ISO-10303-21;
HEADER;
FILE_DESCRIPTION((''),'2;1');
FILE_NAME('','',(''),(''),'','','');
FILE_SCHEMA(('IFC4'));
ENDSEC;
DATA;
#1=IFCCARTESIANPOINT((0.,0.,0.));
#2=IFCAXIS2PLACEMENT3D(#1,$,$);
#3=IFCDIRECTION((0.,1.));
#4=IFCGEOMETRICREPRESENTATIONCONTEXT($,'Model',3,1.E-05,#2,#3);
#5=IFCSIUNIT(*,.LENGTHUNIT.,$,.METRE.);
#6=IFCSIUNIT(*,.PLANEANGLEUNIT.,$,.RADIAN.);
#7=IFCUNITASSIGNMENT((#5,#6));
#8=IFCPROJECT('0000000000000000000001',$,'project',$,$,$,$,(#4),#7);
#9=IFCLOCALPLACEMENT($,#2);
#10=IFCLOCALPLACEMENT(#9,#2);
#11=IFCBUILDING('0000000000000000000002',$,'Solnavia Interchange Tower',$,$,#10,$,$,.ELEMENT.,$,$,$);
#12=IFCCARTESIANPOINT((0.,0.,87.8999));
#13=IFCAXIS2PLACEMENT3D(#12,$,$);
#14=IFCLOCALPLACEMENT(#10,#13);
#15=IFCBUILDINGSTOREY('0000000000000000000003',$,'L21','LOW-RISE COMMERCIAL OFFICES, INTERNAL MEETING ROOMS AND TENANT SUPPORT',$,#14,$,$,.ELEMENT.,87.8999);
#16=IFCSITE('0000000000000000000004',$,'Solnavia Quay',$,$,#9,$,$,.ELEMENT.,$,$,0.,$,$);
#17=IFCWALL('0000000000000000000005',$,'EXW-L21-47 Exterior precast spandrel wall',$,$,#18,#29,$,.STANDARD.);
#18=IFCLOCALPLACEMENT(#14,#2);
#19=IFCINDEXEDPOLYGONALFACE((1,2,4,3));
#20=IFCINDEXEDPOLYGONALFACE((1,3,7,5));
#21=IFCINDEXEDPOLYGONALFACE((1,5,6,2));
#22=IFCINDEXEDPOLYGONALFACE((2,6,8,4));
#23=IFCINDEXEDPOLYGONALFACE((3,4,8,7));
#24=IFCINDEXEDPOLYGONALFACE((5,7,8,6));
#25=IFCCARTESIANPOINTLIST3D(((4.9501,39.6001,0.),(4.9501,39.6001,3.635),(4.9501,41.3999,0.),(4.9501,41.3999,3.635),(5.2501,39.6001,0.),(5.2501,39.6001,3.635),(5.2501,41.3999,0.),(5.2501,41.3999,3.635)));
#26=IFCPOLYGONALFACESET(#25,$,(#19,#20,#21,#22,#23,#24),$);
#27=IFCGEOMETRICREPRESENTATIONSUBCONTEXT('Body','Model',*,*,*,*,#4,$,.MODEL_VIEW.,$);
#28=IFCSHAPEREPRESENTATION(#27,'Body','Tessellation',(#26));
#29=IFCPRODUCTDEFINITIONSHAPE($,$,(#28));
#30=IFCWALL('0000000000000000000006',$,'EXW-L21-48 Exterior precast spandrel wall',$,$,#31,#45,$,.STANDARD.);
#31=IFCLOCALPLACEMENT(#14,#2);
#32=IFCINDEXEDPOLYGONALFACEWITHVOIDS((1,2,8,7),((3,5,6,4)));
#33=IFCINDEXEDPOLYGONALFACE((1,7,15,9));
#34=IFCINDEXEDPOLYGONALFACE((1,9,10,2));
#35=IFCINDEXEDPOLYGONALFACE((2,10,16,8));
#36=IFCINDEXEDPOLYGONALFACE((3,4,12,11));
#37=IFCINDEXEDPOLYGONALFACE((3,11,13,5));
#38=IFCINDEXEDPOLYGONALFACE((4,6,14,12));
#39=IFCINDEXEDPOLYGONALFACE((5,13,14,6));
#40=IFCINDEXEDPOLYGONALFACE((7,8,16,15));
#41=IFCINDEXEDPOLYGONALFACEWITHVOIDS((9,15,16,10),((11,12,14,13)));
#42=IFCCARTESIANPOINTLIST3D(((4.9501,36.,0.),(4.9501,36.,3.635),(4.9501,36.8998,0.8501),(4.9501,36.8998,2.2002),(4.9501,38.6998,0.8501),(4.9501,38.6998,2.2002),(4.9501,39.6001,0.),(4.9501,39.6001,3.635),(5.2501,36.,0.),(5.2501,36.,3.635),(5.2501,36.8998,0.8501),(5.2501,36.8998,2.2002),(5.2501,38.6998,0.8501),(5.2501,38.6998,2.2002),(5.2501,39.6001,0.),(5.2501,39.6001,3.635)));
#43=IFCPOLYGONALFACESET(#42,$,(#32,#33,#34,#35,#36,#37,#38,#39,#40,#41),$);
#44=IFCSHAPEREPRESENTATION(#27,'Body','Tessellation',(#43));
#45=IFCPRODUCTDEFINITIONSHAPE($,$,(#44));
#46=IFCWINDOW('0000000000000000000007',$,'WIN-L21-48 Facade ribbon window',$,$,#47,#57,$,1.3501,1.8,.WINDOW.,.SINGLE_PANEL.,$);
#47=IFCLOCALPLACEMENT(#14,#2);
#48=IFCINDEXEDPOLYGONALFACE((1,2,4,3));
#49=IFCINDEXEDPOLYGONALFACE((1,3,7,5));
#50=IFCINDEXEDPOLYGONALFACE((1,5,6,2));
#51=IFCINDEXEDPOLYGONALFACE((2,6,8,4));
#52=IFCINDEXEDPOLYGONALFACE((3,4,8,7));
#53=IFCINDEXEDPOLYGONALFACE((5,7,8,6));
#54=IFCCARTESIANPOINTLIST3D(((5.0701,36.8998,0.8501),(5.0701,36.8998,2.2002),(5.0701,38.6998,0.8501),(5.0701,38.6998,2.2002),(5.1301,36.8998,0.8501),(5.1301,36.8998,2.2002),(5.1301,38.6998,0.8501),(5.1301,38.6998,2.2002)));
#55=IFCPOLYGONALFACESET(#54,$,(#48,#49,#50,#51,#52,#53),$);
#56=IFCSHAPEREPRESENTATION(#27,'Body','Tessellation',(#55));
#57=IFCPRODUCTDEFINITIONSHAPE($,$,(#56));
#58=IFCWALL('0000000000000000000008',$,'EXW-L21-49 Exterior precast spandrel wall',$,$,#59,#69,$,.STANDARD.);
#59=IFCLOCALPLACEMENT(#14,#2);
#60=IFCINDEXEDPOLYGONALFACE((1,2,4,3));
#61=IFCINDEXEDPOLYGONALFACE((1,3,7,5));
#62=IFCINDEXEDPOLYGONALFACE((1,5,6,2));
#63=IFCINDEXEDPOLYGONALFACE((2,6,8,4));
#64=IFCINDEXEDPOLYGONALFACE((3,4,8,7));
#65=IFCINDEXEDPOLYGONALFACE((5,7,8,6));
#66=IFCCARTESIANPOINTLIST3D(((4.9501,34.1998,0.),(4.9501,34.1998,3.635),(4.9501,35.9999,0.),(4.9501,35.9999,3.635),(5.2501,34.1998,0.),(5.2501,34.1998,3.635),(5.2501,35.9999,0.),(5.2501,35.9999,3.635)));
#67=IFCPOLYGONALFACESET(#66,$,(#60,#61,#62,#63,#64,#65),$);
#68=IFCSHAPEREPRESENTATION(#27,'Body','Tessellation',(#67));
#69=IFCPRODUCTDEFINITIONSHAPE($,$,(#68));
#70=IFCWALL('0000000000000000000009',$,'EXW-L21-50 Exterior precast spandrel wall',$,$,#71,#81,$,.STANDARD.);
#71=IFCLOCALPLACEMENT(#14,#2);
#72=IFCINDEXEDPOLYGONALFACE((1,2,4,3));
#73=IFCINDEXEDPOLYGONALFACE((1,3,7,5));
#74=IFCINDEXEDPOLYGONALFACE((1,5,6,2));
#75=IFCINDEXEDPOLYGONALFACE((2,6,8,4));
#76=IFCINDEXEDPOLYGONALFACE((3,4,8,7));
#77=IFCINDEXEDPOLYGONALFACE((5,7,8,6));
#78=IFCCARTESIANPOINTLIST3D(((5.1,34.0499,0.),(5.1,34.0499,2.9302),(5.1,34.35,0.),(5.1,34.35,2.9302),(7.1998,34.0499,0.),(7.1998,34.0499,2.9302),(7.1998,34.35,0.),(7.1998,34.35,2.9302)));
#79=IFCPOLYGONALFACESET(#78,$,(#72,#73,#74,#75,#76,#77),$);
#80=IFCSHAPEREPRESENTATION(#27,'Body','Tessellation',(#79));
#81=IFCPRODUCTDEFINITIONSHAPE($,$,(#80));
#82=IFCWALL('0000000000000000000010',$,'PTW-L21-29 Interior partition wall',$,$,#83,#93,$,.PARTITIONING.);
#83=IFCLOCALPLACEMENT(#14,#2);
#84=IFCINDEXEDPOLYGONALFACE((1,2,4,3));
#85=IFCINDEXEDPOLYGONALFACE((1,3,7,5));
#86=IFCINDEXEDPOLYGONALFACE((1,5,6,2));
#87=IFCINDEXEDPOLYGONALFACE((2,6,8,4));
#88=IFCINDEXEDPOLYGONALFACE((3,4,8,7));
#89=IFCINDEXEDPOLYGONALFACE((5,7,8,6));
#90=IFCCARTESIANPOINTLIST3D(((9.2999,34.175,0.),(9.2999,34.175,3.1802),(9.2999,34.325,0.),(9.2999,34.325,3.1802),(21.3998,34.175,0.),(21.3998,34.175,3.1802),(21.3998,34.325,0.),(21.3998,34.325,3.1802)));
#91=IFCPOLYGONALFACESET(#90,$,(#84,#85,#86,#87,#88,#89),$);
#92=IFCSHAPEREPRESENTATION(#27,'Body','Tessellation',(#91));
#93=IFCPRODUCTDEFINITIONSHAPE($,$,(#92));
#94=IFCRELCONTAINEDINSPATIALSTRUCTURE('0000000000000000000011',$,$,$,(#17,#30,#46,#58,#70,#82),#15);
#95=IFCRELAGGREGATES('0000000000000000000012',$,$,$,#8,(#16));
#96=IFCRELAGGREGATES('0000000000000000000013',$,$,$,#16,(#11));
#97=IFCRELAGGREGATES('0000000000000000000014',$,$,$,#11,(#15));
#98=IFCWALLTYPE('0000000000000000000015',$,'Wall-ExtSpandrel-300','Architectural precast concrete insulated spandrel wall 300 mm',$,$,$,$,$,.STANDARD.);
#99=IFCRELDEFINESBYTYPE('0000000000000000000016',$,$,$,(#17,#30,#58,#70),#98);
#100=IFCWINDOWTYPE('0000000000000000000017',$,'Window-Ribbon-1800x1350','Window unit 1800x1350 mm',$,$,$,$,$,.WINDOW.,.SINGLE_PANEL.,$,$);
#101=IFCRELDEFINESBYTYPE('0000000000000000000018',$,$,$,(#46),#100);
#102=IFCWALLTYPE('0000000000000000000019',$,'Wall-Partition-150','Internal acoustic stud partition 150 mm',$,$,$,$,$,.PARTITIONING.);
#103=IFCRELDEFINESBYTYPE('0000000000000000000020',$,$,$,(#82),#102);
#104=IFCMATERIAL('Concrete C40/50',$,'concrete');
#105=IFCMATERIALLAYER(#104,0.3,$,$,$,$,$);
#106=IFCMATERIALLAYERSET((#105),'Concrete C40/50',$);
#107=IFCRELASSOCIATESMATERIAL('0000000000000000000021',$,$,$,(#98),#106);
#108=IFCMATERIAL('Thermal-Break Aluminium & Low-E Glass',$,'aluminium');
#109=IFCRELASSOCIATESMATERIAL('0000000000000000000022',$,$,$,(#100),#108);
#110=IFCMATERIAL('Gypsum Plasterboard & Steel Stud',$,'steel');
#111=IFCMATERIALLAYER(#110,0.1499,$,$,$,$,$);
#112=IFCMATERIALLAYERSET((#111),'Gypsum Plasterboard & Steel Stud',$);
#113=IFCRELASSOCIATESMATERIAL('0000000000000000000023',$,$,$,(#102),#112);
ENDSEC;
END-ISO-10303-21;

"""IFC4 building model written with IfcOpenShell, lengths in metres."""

from ifc_helpers import new_model, si_unit, direction, frame, frame_2d, origin, place, context, subcontext, project, spatial, rectangle, extrude, material, layer, layer_set, type_object, element, fill, save


model = new_model("IFC4")

# Units and contexts
model_context = context("Model", 3, precision=1e-05, world=origin(), true_north=direction((0.0, 1.0)))
body_context = subcontext(model_context, "Body", "Model", "MODEL_VIEW")
ifc_project = project(units=[si_unit("LENGTHUNIT", "METRE"), si_unit("PLANEANGLEUNIT", "RADIAN")], contexts=[model_context])

# Site, building, storey
site_placement = place(None, origin())
site = spatial("IfcSite", under=ifc_project, at=site_placement, Name="Solnavia Quay", CompositionType="ELEMENT", RefElevation=0.0)
building_placement = place(site_placement, origin())
building = spatial("IfcBuilding", under=site, at=building_placement, Name="Solnavia Interchange Tower", CompositionType="ELEMENT")
storey_placement = place(building_placement, frame((0.0, 0.0, 87.8999)))
storey = spatial("IfcBuildingStorey", under=building, at=storey_placement, Name="L21", Description="LOW-RISE COMMERCIAL OFFICES, INTERNAL MEETING ROOMS AND TENANT SUPPORT", CompositionType="ELEMENT", Elevation=87.8999)

# Wall
ifc_material_1 = material(Name="Concrete C40/50", Category="concrete")
ifc_layer_1 = layer(ifc_material_1, 0.3)
ifc_layer_set_1 = layer_set([ifc_layer_1], Name="Concrete C40/50")
wall_type_1 = type_object("IfcWallType", Name="Wall-ExtSpandrel-300", Description="Architectural precast concrete insulated spandrel wall 300 mm", PredefinedType="STANDARD", material=ifc_layer_set_1)
wall_1_placement = place(storey_placement, frame((5.1001, 39.6001, 0.0), z_axis=(0.0, 0.0, 1.0), x_axis=(0.0, 1.0, 0.0)))
element("IfcWall", 1, at=wall_1_placement, inside=storey, type_object=wall_type_1, Name="EXW-L21-47 Exterior precast spandrel wall", PredefinedType="STANDARD", context=body_context, shape_type="SweptSolid", body=[
    extrude(rectangle(XDim=1.7998, YDim=0.3, at=frame_2d((0.8999, 0.0))), origin(), (0.0, 0.0, 1.0), 3.635),
])

# Wall, opening, window
wall_2_placement = place(storey_placement, frame((5.1001, 36.0, 0.0), z_axis=(0.0, 0.0, 1.0), x_axis=(0.0, 1.0, 0.0)))
wall_2 = element("IfcWall", 2, at=wall_2_placement, inside=storey, type_object=wall_type_1, Name="EXW-L21-48 Exterior precast spandrel wall", PredefinedType="STANDARD", context=body_context, shape_type="SweptSolid", body=[
    extrude(rectangle(XDim=3.6001, YDim=0.3, at=frame_2d((1.8, 0.0))), origin(), (0.0, 0.0, 1.0), 3.635),
])
opening_placement = place(wall_2_placement, frame((0.8999, 0.0, 0.8501)))
opening = element("IfcOpeningElement", 3, at=opening_placement, cuts=wall_2, PredefinedType="OPENING", context=body_context, shape_type="SweptSolid", body=[
    extrude(rectangle(XDim=1.8, YDim=1.3501, at=frame_2d((0.8999, 0.675))), frame((0.0, 0.1602, 0.0), z_axis=(0.0, -1.0, 0.0), x_axis=(1.0, 0.0, 0.0)), (0.0, 0.0, 1.0), 0.3201),
])
ifc_material_2 = material(Name="Thermal-Break Aluminium & Low-E Glass", Category="aluminium")
window_type = type_object("IfcWindowType", Name="Window-Ribbon-1800x1350", Description="Window unit 1800x1350 mm", PartitioningType="SINGLE_PANEL", PredefinedType="WINDOW", material=ifc_material_2)
window_placement = place(opening_placement, origin())
window = element("IfcWindow", 4, at=window_placement, inside=storey, type_object=window_type, Name="WIN-L21-48 Facade ribbon window", OverallHeight=1.3501, OverallWidth=1.8, PartitioningType="SINGLE_PANEL", PredefinedType="WINDOW", context=body_context, shape_type="SweptSolid", body=[
    extrude(rectangle(XDim=1.8, YDim=1.3501, at=frame_2d((0.8999, 0.675))), frame((0.0, 0.03, 0.0), z_axis=(0.0, -1.0, 0.0), x_axis=(1.0, 0.0, 0.0)), (0.0, 0.0, 1.0), 0.0601),
])
fill(opening, window)

# Walls
wall_3_placement = place(storey_placement, frame((5.1001, 34.2, 0.0), z_axis=(0.0, 0.0, 1.0), x_axis=(0.0, 1.0, 0.0)))
element("IfcWall", 5, at=wall_3_placement, inside=storey, type_object=wall_type_1, Name="EXW-L21-49 Exterior precast spandrel wall", PredefinedType="STANDARD", context=body_context, shape_type="SweptSolid", body=[
    extrude(rectangle(XDim=1.8, YDim=0.3, at=frame_2d((0.8999, 0.0))), origin(), (0.0, 0.0, 1.0), 3.635),
])
wall_4_placement = place(storey_placement, frame((5.1001, 34.2, 0.0), z_axis=(0.0, 0.0, 1.0), x_axis=(1.0, 0.0, 0.0)))
element("IfcWall", 6, at=wall_4_placement, inside=storey, type_object=wall_type_1, Name="EXW-L21-50 Exterior precast spandrel wall", PredefinedType="STANDARD", context=body_context, shape_type="SweptSolid", body=[
    extrude(rectangle(XDim=2.0999, YDim=0.3, at=frame_2d((1.0498, 0.0))), origin(), (0.0, 0.0, 1.0), 2.9302),
])
ifc_material_3 = material(Name="Gypsum Plasterboard & Steel Stud", Category="steel")
ifc_layer_2 = layer(ifc_material_3, 0.1499)
ifc_layer_set_2 = layer_set([ifc_layer_2], Name="Gypsum Plasterboard & Steel Stud")
wall_type_2 = type_object("IfcWallType", Name="Wall-Partition-150", Description="Internal acoustic stud partition 150 mm", PredefinedType="PARTITIONING", material=ifc_layer_set_2)
wall_5_placement = place(storey_placement, frame((9.3, 34.25, 0.0), z_axis=(0.0, 0.0, 1.0), x_axis=(1.0, 0.0, 0.0)))
element("IfcWall", 7, at=wall_5_placement, inside=storey, type_object=wall_type_2, Name="PTW-L21-29 Interior partition wall", PredefinedType="PARTITIONING", context=body_context, shape_type="SweptSolid", body=[
    extrude(rectangle(XDim=12.0999, YDim=0.1499, at=frame_2d((6.0498, 0.0))), origin(), (0.0, 0.0, 1.0), 3.1802),
])

save(model, "model.ifc")
